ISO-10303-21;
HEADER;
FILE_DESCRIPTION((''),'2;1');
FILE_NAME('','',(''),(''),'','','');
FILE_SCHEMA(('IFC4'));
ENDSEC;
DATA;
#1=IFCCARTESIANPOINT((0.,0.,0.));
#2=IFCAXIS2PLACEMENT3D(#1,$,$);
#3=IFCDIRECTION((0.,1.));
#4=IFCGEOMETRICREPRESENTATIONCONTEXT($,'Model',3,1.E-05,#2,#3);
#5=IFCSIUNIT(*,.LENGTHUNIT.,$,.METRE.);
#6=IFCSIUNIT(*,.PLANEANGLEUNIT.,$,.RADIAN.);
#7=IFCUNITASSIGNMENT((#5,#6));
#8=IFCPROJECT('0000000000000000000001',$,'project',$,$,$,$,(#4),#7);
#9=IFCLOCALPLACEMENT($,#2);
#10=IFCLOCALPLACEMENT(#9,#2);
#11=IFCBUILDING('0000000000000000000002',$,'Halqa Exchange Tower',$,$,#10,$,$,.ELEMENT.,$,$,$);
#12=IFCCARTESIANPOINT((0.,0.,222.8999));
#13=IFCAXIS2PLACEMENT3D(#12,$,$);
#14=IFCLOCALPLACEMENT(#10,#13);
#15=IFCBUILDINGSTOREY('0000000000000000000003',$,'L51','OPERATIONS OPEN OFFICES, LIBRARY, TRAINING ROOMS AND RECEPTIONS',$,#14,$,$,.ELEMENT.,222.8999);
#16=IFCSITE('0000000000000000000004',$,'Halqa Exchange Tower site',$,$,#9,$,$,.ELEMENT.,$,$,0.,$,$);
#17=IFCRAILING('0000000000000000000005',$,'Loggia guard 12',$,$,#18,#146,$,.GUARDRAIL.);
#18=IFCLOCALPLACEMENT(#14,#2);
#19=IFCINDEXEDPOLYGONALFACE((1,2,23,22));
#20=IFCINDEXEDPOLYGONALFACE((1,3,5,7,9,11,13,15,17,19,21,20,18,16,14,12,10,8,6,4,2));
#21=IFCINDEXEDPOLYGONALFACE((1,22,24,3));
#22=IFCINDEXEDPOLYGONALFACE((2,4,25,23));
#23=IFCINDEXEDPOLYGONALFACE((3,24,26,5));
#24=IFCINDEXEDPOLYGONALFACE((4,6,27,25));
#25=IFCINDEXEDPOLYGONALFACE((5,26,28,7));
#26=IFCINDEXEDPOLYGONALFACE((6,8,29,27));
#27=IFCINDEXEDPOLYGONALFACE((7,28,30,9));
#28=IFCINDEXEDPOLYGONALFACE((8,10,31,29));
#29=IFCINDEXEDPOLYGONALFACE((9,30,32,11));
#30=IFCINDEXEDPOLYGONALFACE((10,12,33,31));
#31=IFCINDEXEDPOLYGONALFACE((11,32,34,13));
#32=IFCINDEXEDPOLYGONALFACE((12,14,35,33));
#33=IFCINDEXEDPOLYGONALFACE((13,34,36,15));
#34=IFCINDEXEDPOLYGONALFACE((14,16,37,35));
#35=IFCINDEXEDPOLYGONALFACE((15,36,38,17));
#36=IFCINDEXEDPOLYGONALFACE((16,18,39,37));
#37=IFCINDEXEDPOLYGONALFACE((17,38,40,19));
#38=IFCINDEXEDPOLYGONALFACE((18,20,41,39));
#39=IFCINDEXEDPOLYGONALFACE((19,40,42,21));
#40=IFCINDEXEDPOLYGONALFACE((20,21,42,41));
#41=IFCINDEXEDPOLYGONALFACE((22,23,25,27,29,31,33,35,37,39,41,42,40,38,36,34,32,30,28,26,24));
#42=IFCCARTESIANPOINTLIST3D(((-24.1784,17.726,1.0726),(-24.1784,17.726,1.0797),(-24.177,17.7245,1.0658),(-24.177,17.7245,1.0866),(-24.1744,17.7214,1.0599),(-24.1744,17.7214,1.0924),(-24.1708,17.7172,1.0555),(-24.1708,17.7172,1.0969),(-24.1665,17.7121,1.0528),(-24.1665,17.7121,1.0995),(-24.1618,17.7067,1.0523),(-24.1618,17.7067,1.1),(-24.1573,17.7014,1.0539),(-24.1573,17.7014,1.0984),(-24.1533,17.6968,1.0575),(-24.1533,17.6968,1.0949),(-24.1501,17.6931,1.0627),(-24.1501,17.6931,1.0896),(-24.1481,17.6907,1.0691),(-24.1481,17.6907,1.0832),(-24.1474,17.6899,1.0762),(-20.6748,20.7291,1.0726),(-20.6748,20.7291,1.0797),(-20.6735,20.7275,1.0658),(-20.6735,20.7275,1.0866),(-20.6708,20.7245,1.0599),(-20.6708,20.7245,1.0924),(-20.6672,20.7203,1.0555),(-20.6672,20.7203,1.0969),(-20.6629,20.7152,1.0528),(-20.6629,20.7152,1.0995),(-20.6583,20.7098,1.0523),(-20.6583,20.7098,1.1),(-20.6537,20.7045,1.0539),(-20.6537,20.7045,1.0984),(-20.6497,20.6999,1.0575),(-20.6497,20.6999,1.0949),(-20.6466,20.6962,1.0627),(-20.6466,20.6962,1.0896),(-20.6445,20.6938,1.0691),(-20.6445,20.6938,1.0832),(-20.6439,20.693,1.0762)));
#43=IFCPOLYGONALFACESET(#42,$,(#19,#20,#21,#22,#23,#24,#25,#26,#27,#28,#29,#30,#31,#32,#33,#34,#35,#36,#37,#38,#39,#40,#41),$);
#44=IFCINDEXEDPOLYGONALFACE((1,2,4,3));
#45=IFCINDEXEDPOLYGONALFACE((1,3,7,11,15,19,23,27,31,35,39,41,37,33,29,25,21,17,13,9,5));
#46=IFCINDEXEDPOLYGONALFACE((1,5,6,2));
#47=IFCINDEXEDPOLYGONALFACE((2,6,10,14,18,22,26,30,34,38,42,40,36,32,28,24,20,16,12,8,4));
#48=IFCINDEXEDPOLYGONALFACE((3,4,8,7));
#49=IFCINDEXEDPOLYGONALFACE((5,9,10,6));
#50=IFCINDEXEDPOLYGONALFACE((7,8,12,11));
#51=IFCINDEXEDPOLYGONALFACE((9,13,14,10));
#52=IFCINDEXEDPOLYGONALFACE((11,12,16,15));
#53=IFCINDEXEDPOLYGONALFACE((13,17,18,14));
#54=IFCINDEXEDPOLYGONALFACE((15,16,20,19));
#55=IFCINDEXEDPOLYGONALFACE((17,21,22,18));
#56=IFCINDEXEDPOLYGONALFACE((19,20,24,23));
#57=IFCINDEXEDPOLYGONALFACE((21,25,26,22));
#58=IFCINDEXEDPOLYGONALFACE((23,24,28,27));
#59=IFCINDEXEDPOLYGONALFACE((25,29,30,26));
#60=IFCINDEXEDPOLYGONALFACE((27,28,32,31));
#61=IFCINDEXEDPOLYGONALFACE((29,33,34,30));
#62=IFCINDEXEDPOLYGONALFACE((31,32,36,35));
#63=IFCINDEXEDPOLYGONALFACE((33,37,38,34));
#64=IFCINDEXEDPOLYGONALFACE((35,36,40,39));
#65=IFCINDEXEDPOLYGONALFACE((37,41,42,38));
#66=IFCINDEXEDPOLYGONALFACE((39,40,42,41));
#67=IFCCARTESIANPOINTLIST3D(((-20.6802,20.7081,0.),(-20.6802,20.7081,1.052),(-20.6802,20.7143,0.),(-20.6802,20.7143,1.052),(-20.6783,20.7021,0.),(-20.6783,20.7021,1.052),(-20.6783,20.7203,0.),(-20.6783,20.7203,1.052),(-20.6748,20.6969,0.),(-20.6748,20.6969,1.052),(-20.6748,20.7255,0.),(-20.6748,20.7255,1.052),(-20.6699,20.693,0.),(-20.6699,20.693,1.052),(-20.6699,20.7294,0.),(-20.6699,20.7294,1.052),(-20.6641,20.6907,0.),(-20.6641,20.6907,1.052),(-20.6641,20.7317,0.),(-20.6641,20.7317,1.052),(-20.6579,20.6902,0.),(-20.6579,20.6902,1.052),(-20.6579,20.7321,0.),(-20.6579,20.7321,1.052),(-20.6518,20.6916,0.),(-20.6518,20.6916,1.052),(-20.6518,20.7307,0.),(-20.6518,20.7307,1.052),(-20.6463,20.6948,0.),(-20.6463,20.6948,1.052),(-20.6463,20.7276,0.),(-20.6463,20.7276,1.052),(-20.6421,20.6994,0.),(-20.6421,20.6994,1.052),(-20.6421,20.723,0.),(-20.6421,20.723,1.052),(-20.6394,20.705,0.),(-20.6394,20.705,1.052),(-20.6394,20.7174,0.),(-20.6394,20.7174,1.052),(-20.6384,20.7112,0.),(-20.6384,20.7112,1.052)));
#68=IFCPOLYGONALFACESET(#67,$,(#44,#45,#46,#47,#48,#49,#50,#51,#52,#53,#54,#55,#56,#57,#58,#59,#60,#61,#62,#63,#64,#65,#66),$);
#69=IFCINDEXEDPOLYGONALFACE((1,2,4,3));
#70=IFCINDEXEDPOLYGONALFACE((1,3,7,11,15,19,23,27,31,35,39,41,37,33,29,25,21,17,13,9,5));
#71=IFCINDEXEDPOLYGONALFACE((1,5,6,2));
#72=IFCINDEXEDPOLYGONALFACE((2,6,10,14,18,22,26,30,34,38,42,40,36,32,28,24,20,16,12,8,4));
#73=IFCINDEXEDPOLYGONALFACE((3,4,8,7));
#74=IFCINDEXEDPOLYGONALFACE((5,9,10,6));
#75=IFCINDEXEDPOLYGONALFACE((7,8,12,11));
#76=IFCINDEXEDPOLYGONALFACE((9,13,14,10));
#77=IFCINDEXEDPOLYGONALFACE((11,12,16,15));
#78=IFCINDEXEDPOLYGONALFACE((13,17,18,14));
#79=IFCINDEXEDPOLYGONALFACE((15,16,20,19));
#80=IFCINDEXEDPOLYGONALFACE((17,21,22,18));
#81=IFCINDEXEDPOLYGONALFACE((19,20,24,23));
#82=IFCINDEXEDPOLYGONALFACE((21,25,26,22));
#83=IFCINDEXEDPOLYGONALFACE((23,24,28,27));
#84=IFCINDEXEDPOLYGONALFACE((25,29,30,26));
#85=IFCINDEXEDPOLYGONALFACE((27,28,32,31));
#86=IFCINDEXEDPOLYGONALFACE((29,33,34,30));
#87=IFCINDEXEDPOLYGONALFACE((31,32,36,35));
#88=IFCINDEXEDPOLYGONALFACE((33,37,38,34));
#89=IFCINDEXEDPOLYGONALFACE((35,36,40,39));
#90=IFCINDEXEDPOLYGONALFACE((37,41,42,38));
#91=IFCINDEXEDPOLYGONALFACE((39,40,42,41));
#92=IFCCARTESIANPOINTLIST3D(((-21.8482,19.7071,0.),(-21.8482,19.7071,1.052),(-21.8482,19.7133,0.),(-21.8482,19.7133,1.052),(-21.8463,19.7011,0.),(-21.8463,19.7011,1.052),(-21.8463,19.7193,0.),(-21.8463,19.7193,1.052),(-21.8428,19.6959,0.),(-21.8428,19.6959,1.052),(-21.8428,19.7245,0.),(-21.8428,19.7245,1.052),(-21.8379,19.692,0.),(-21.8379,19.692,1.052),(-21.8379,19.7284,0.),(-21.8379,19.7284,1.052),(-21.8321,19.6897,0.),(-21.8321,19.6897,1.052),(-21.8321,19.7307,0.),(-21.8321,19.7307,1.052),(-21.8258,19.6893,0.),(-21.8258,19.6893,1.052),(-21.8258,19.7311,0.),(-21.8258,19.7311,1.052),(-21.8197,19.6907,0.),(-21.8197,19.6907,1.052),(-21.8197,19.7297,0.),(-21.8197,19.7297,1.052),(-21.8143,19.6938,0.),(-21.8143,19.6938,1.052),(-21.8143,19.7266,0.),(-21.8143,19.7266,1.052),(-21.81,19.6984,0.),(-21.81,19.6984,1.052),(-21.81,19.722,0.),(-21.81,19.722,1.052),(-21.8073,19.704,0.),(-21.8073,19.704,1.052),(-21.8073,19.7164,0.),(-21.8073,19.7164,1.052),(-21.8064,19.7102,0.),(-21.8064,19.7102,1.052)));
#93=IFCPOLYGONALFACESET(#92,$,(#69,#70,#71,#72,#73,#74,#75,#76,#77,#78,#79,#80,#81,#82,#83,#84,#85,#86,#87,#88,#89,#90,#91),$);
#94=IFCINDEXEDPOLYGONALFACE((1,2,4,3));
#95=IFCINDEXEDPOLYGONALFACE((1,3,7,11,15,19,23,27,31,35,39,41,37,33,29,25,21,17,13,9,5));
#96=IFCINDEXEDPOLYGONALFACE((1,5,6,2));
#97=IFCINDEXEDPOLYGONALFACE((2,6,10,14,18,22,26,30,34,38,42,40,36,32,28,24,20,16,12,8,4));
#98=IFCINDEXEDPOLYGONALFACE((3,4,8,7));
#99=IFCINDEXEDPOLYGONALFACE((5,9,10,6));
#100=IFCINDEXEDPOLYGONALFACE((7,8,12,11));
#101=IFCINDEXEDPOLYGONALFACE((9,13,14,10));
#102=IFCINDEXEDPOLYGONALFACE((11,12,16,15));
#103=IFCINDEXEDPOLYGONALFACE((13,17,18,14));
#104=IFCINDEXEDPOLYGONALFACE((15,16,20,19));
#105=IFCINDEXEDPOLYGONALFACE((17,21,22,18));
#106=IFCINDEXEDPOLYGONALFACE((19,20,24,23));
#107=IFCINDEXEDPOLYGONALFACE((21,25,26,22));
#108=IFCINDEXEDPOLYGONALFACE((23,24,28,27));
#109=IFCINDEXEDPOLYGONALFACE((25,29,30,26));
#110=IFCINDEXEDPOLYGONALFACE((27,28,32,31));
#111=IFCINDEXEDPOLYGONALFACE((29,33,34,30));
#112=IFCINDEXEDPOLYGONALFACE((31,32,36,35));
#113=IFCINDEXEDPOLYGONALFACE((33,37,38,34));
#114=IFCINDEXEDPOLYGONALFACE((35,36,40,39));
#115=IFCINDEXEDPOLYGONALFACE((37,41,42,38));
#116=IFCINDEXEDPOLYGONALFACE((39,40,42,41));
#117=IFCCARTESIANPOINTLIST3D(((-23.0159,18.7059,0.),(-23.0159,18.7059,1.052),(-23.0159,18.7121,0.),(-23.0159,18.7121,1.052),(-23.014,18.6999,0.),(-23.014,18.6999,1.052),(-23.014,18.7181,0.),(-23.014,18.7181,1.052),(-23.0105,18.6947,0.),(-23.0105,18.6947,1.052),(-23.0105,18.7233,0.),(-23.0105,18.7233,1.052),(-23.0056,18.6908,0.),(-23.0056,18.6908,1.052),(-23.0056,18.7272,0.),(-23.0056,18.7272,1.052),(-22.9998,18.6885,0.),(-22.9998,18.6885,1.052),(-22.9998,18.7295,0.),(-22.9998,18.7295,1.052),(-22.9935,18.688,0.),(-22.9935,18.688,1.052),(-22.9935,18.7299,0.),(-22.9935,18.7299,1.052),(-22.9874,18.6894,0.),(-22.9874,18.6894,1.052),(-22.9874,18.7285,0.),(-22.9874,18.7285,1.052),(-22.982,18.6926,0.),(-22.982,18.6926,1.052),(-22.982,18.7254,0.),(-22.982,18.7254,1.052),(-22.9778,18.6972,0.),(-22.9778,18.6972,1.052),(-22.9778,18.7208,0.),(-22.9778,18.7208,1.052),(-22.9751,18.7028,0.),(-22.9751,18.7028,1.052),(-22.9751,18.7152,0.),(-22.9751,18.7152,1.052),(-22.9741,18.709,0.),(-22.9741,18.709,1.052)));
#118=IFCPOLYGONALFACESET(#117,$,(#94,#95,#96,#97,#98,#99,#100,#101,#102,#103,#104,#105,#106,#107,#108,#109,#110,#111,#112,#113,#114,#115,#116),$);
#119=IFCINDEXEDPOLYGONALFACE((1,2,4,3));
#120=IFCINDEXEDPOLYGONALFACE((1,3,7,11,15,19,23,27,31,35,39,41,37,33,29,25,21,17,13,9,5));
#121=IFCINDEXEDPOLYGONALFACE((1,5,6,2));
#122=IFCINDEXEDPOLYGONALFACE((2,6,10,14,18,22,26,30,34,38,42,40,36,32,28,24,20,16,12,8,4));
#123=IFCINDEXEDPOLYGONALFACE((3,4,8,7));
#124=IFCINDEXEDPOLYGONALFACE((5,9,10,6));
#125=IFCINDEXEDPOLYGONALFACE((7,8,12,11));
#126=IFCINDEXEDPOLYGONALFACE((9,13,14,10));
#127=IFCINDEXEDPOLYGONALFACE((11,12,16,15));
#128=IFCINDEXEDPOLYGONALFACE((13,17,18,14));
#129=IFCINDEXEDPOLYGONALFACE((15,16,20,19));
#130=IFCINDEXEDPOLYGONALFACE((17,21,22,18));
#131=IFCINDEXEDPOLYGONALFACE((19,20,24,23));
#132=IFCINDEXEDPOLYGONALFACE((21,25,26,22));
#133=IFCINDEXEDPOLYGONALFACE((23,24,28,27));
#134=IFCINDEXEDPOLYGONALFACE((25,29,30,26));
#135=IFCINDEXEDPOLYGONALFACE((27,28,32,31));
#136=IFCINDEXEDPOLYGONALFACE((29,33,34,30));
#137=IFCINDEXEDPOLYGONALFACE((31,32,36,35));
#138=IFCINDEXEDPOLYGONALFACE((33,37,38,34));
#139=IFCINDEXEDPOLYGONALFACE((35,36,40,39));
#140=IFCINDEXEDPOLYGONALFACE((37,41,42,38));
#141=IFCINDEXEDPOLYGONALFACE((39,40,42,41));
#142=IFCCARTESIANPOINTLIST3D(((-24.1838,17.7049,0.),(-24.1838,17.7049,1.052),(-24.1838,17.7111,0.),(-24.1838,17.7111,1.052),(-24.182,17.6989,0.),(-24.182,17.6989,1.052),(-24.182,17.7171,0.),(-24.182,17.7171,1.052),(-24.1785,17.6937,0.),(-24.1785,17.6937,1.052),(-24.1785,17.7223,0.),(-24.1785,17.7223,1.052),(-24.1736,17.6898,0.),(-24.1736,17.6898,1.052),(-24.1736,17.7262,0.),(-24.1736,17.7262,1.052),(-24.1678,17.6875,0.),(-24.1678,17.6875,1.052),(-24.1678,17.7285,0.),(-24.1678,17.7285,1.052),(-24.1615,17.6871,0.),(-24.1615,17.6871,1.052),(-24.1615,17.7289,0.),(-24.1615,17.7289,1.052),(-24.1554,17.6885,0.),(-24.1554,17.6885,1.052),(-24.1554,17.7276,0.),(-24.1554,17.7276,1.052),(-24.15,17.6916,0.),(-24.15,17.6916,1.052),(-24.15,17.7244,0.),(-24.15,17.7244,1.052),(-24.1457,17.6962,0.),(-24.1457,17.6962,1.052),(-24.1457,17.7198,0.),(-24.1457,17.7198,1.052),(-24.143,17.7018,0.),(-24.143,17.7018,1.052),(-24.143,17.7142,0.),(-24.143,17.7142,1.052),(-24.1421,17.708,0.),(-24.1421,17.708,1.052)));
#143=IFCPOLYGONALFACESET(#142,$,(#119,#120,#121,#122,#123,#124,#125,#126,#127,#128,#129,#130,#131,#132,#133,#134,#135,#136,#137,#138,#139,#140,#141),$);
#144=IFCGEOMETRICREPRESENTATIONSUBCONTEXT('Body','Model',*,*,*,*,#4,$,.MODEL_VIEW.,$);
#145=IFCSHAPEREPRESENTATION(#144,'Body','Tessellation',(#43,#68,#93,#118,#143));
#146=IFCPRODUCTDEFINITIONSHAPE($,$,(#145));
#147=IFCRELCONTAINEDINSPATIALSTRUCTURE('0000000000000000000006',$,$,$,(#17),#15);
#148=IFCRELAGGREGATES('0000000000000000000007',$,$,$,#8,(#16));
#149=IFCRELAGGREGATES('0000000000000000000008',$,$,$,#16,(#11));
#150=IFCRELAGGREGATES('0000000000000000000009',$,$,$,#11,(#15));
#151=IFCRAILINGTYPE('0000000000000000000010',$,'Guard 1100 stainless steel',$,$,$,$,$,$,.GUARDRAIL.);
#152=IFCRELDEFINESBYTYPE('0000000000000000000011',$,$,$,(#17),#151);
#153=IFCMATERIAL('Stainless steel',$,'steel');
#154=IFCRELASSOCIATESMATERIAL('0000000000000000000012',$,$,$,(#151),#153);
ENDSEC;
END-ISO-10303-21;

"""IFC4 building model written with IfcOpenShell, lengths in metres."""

from ifc_helpers import new_model, si_unit, direction, frame, origin, origin_2d, place, context, subcontext, project, spatial, circle, extrude, material, type_object, element, save


model = new_model("IFC4")

# Units and contexts
model_context = context("Model", 3, precision=1e-05, world=origin(), true_north=direction((0.0, 1.0)))
body_context = subcontext(model_context, "Body", "Model", "MODEL_VIEW")
ifc_project = project(units=[si_unit("LENGTHUNIT", "METRE"), si_unit("PLANEANGLEUNIT", "RADIAN")], contexts=[model_context])

# Site, building, storey
site_placement = place(None, origin())
site = spatial("IfcSite", under=ifc_project, at=site_placement, Name="Halqa Exchange Tower site", CompositionType="ELEMENT", RefElevation=0.0)
building_placement = place(site_placement, origin())
building = spatial("IfcBuilding", under=site, at=building_placement, Name="Halqa Exchange Tower", CompositionType="ELEMENT")
storey_placement = place(building_placement, frame((0.0, 0.0, 222.8999)))
storey = spatial("IfcBuildingStorey", under=building, at=storey_placement, Name="L51", Description="OPERATIONS OPEN OFFICES, LIBRARY, TRAINING ROOMS AND RECEPTIONS", CompositionType="ELEMENT", Elevation=222.8999)

# Railing
ifc_material_1 = material(Name="Stainless steel", Category="steel")
railing_type = type_object("IfcRailingType", Name="Guard 1100 stainless steel", PredefinedType="GUARDRAIL", material=ifc_material_1)
railing_1_placement = place(storey_placement, frame((-20.6594, 20.7112, 0.0)))
element("IfcRailing", 1, at=railing_1_placement, inside=storey, type_object=railing_type, Name="Loggia guard 12", PredefinedType="GUARDRAIL", context=body_context, shape_type="SweptSolid", body=[
    extrude(circle(Radius=0.0239, at=origin_2d()), frame((0.0, 0.0, 1.0762), z_axis=(-0.759253, -0.650796, 0.0), x_axis=(0.650796, -0.759253, 0.0)), (0.0, 0.0, 1.0), 4.6145),
    extrude(circle(Radius=0.021, at=origin_2d()), origin(), (0.0, 0.0, 1.0), 1.052),
    extrude(circle(Radius=0.021, at=origin_2d()), frame((-1.168, -1.001, 0.0)), (0.0, 0.0, 1.0), 1.052),
    extrude(circle(Radius=0.021, at=origin_2d()), frame((-2.3357, -2.0022, 0.0)), (0.0, 0.0, 1.0), 1.052),
    extrude(circle(Radius=0.021, at=origin_2d()), frame((-3.5037, -3.0032, 0.0)), (0.0, 0.0, 1.0), 1.052),
])

save(model, "model.ifc")
